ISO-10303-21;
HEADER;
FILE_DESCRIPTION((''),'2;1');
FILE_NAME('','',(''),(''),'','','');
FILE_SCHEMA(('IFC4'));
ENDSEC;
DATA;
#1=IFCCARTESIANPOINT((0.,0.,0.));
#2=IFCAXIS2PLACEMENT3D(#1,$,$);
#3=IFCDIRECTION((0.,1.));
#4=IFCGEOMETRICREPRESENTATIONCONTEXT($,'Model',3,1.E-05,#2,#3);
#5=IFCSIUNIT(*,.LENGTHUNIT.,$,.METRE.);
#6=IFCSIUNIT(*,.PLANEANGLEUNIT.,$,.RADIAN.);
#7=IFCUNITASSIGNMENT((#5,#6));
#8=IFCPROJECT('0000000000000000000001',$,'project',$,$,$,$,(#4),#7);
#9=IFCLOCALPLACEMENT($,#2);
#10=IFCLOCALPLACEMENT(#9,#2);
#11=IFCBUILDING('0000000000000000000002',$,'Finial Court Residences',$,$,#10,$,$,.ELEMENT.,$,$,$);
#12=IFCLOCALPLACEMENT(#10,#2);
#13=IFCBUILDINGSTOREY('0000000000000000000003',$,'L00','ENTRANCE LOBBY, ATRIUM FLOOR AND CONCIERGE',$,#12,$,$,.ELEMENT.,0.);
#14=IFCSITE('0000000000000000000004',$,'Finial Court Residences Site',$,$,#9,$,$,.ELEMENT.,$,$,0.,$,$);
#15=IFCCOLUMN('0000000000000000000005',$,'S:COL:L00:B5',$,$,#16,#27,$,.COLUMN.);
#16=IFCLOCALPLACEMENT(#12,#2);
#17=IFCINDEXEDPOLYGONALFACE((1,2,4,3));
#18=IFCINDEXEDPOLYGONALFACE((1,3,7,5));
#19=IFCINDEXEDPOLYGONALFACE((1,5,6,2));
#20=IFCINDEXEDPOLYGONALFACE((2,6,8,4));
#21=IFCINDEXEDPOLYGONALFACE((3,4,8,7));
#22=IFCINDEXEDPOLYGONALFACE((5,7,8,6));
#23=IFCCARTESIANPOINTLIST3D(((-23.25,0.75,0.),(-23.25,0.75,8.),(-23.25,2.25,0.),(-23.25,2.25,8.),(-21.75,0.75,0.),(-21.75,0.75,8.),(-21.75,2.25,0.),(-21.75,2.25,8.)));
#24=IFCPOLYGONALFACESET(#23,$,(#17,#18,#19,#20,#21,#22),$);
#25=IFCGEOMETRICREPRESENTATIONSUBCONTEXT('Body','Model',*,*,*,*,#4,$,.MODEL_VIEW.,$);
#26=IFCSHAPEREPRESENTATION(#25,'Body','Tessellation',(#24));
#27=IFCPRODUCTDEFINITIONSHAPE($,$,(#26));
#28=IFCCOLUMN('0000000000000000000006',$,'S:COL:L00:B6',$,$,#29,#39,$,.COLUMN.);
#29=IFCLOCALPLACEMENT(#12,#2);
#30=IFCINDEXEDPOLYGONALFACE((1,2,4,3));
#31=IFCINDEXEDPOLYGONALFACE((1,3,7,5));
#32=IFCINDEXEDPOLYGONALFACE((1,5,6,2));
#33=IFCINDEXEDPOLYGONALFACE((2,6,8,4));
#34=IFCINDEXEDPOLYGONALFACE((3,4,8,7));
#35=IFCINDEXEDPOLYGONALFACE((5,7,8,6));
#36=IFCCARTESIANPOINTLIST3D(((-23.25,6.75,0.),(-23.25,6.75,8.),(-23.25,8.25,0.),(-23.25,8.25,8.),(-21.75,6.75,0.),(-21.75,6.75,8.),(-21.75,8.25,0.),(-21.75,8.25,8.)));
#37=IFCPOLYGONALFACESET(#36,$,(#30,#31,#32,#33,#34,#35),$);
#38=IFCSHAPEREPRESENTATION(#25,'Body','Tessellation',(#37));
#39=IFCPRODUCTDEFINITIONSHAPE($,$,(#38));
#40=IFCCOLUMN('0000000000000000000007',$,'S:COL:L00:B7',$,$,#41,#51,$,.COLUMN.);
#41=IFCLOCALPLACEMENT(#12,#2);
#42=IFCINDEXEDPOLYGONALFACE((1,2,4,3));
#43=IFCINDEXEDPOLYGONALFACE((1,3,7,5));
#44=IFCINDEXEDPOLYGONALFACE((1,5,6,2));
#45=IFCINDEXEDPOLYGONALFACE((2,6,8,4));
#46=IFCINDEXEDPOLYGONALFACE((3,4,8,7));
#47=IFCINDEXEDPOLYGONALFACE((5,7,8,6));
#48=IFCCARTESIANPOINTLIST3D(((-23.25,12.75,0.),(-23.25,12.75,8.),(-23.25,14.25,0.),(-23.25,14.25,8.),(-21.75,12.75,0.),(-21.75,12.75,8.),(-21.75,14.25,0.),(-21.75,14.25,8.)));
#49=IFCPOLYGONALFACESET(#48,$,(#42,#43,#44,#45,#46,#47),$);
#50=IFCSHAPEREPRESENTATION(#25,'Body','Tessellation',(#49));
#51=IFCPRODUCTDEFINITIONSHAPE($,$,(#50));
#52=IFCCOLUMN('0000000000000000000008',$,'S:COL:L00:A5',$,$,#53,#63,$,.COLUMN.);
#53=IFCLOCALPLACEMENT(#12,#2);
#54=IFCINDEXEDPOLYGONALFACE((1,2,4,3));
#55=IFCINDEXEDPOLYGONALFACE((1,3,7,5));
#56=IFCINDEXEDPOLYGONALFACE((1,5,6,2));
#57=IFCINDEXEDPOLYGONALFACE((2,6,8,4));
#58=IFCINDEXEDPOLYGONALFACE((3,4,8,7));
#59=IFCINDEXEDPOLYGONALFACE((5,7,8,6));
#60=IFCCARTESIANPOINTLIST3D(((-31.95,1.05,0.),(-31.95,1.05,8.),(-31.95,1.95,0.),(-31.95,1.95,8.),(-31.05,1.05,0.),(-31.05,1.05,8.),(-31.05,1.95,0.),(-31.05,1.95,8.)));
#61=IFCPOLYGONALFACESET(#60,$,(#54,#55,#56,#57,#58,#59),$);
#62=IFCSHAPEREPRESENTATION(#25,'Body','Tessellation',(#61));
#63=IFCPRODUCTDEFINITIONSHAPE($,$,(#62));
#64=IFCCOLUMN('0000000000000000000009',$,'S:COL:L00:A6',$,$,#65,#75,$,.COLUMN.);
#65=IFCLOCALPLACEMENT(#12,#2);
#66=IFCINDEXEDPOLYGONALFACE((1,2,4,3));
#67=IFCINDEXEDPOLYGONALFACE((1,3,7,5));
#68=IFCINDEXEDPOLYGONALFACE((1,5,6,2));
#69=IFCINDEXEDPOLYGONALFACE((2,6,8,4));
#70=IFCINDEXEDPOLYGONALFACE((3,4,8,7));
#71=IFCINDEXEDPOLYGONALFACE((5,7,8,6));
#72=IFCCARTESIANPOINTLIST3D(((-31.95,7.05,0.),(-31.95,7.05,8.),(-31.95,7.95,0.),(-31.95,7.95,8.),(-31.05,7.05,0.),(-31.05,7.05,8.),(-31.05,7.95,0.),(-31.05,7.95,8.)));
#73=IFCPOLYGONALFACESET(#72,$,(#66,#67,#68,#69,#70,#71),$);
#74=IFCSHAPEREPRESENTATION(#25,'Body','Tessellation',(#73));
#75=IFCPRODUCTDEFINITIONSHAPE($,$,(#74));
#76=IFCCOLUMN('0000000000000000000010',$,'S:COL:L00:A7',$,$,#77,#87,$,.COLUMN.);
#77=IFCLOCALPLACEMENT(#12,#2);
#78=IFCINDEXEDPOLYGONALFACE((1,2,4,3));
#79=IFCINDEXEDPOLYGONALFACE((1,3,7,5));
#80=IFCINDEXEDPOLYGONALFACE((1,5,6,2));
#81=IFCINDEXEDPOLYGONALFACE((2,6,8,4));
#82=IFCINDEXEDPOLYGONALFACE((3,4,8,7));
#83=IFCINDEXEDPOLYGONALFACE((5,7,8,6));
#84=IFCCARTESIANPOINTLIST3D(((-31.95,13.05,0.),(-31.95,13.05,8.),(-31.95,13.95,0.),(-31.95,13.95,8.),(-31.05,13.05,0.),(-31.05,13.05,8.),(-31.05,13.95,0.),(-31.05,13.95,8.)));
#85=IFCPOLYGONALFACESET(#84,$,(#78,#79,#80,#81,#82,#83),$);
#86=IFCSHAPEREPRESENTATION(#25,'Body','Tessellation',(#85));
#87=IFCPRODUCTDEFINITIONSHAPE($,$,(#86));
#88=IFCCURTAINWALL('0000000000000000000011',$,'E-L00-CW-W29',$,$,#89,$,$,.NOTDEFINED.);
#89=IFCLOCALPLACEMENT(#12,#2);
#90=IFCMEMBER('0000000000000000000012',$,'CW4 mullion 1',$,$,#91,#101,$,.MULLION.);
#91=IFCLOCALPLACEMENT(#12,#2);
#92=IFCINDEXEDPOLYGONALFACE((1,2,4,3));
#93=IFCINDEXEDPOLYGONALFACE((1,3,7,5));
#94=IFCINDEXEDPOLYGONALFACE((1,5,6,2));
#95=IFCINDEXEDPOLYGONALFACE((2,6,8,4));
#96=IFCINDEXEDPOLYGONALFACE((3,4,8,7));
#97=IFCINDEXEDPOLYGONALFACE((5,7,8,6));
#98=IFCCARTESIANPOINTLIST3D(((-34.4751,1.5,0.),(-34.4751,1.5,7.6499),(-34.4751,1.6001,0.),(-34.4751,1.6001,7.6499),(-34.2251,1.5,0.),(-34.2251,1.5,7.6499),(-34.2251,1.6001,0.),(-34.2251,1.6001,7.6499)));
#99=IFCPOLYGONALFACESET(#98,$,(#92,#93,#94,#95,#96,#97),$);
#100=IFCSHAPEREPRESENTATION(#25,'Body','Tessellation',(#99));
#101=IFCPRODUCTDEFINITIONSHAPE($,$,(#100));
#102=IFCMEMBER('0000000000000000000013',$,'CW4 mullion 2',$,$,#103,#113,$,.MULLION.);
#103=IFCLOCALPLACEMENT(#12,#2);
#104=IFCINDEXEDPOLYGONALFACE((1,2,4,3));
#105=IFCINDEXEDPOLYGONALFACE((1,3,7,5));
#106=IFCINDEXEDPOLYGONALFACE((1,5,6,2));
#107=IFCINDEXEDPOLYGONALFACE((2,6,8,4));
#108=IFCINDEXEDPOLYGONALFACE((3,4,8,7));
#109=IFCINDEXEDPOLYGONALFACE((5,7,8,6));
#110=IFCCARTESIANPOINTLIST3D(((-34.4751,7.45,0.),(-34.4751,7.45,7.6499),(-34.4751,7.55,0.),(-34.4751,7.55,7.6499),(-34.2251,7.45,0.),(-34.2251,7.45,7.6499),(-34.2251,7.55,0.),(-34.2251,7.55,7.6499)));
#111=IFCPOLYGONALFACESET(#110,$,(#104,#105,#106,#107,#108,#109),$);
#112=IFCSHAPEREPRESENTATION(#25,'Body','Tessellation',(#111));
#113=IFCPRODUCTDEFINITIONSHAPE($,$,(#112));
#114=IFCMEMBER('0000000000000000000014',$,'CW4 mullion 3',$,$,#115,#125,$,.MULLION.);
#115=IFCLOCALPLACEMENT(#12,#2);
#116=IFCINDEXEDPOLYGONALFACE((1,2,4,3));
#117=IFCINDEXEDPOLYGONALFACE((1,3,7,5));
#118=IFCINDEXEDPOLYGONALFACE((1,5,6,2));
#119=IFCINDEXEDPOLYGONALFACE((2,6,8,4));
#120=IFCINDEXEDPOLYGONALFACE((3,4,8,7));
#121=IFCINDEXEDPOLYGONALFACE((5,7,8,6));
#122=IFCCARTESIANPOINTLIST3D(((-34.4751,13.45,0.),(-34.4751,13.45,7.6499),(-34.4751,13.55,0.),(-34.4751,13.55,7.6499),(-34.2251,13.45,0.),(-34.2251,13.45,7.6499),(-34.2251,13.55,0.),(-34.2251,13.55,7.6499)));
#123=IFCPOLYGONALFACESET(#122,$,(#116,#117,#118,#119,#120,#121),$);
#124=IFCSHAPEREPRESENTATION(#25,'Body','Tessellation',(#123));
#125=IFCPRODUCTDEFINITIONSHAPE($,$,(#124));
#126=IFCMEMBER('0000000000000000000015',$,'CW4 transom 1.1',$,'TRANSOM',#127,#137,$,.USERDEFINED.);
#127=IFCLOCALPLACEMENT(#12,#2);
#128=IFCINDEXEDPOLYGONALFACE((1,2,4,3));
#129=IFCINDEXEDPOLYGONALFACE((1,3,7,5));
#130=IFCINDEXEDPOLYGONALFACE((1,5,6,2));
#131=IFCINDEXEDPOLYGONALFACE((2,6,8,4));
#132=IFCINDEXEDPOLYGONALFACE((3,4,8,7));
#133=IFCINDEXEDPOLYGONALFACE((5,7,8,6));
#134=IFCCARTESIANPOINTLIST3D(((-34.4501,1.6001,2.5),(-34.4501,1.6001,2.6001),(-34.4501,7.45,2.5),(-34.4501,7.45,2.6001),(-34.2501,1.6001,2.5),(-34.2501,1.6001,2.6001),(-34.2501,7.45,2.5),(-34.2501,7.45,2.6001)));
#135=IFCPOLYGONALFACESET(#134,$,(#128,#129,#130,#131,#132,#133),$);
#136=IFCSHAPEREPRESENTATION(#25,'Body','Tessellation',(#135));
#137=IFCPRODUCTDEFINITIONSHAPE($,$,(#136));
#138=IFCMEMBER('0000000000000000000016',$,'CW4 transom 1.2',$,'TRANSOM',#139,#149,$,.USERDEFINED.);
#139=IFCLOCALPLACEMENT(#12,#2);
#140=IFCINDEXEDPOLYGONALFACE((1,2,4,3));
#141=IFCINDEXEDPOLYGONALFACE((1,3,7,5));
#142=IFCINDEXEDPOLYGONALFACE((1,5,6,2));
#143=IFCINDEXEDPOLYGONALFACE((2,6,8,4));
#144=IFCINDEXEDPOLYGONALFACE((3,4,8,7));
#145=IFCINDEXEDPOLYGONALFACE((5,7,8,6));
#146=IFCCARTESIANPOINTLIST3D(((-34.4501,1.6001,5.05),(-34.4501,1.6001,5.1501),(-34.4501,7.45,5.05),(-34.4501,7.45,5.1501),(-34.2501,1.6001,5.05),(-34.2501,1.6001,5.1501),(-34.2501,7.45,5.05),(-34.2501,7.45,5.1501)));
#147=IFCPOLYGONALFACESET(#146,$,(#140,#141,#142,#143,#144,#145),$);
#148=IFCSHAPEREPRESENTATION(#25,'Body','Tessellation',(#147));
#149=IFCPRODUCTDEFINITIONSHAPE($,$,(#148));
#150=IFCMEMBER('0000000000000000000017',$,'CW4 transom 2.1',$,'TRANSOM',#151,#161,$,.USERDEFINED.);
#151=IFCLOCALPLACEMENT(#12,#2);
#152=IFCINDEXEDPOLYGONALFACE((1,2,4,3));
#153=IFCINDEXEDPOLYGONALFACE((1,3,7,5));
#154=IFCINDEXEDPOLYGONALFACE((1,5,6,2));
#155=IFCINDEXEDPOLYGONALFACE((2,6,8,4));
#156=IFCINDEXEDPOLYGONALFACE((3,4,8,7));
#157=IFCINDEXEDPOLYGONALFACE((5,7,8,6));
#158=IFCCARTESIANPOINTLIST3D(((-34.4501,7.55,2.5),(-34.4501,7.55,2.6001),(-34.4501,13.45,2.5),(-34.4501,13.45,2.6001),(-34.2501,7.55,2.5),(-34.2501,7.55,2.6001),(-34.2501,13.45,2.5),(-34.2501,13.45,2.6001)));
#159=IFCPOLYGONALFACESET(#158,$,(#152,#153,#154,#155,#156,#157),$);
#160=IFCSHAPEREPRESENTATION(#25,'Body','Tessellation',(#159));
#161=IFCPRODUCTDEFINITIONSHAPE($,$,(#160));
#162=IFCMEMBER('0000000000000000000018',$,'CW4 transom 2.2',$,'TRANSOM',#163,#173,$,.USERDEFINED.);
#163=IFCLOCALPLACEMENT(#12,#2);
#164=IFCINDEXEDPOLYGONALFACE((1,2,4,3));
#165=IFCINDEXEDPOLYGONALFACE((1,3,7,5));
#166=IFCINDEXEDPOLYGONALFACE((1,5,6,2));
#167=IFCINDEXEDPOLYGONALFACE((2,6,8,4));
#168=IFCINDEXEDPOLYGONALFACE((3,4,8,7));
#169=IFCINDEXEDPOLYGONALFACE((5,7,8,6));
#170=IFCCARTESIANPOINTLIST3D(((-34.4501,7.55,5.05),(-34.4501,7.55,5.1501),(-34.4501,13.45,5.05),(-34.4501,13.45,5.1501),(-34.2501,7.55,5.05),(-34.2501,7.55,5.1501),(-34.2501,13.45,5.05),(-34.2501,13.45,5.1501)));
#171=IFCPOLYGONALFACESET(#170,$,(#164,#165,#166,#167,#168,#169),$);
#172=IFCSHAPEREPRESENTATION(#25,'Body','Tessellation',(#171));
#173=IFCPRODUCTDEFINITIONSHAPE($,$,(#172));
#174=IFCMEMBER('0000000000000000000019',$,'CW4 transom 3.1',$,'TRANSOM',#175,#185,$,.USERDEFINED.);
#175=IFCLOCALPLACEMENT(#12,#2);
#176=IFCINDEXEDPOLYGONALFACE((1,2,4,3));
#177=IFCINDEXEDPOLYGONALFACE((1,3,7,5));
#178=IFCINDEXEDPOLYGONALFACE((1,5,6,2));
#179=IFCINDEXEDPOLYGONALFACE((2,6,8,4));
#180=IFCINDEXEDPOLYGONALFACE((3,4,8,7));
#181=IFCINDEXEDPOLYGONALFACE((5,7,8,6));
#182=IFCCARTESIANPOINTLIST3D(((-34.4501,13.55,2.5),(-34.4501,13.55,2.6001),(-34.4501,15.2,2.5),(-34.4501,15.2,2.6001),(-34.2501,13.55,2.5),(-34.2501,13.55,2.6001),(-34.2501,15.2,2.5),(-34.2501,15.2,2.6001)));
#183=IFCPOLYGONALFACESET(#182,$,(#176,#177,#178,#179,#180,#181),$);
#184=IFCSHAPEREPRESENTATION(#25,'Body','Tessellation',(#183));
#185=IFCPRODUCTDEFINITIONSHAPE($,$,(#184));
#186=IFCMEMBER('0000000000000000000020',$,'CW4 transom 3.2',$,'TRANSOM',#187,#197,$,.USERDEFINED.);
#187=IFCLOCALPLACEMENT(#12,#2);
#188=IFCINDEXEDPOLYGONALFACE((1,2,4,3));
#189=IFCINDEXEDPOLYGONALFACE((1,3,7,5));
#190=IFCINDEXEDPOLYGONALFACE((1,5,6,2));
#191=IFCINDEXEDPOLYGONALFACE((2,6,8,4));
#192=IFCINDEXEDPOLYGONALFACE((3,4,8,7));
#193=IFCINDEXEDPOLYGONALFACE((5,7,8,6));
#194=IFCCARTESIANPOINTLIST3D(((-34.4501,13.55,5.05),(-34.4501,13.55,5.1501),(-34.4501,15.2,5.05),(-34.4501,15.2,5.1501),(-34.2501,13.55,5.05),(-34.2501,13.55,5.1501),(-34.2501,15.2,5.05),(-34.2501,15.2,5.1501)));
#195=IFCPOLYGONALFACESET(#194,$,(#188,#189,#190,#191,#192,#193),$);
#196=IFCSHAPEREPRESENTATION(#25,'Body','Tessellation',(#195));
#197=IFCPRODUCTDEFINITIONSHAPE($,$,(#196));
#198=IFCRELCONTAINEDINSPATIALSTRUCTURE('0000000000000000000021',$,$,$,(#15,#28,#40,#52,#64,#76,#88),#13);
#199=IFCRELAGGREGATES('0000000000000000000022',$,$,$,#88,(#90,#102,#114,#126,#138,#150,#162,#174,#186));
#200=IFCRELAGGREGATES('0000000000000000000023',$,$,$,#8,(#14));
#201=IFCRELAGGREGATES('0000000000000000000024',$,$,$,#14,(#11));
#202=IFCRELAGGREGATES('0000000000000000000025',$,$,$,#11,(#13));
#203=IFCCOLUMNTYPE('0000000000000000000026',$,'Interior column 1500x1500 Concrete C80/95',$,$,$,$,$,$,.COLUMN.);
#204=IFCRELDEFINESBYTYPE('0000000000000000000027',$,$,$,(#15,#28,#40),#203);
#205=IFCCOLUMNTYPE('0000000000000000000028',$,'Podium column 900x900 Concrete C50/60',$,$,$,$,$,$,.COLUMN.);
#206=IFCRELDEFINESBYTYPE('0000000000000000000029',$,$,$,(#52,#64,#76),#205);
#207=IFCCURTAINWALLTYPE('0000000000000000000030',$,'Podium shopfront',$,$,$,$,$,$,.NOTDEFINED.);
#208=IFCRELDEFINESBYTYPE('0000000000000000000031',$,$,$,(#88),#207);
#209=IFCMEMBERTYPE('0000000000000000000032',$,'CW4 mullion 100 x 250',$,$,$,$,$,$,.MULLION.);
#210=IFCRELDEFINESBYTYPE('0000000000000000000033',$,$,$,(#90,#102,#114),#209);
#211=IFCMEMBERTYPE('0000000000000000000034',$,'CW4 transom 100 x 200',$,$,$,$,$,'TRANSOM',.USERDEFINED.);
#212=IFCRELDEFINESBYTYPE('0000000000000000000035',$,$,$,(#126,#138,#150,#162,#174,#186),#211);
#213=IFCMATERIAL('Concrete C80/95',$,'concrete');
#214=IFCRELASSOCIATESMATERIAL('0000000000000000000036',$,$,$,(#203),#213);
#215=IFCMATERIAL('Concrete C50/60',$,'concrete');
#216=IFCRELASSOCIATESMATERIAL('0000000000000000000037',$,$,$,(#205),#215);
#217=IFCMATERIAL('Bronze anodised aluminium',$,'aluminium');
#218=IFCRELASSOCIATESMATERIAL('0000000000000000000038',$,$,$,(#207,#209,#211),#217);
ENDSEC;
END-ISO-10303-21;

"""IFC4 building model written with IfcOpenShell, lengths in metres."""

from ifc_helpers import new_model, si_unit, direction, frame, origin, origin_2d, place, context, subcontext, project, spatial, rectangle, extrude, material, material_profile, profile_set, type_object, element, aggregate, save


model = new_model("IFC4")

# Units and contexts
model_context = context("Model", 3, precision=1e-05, world=origin(), true_north=direction((0.0, 1.0)))
body_context = subcontext(model_context, "Body", "Model", "MODEL_VIEW")
ifc_project = project(units=[si_unit("LENGTHUNIT", "METRE"), si_unit("PLANEANGLEUNIT", "RADIAN")], contexts=[model_context])

# Site, building, storey
site_placement = place(None, origin())
site = spatial("IfcSite", under=ifc_project, at=site_placement, Name="Finial Court Residences Site", CompositionType="ELEMENT", RefElevation=0.0)
building_placement = place(site_placement, origin())
building = spatial("IfcBuilding", under=site, at=building_placement, Name="Finial Court Residences", CompositionType="ELEMENT")
storey_placement = place(building_placement, origin())
storey = spatial("IfcBuildingStorey", under=building, at=storey_placement, Name="L00", Description="ENTRANCE LOBBY, ATRIUM FLOOR AND CONCIERGE", CompositionType="ELEMENT", Elevation=0.0)

# Columns
ifc_material_1 = material(Name="Concrete C80/95", Category="concrete")
ifc_material_profile_1 = material_profile(ifc_material_1, rectangle(XDim=1.5, YDim=1.5, at=origin_2d()), Name="1500x1500")
ifc_profile_set_1 = profile_set([ifc_material_profile_1], Name="Concrete C80/95")
column_type_1 = type_object("IfcColumnType", Name="Interior column 1500x1500 Concrete C80/95", PredefinedType="COLUMN", material=ifc_profile_set_1)
for number, where, z_axis, x_axis, name in (
    (1, (-22.5, 1.5, 0.0), (0.0, 0.0, 1.0), (1.0, 0.0, 0.0), "S:COL:L00:B5"),
    (2, (-22.5, 7.5, 0.0), (0.0, 0.0, 1.0), (1.0, 0.0, 0.0), "S:COL:L00:B6"),
    (3, (-22.5, 13.5, 0.0), (0.0, 0.0, 1.0), (1.0, 0.0, 0.0), "S:COL:L00:B7"),
):
    element("IfcColumn", number, at=place(storey_placement, frame(where, z_axis=z_axis, x_axis=x_axis)), inside=storey, type_object=column_type_1, Name=name, PredefinedType="COLUMN", context=body_context, shape_type="SweptSolid", body=[
        extrude(rectangle(XDim=1.5, YDim=1.5, at=origin_2d()), origin(), (0.0, 0.0, 1.0), 8.0),
    ])
ifc_material_2 = material(Name="Concrete C50/60", Category="concrete")
ifc_material_profile_2 = material_profile(ifc_material_2, rectangle(XDim=0.8999, YDim=0.8999, at=origin_2d()), Name="900x900")
ifc_profile_set_2 = profile_set([ifc_material_profile_2], Name="Concrete C50/60")
column_type_2 = type_object("IfcColumnType", Name="Podium column 900x900 Concrete C50/60", PredefinedType="COLUMN", material=ifc_profile_set_2)
for number, where, z_axis, x_axis, name in (
    (4, (-31.5, 1.5, 0.0), (0.0, 0.0, 1.0), (1.0, 0.0, 0.0), "S:COL:L00:A5"),
    (5, (-31.5, 7.5, 0.0), (0.0, 0.0, 1.0), (1.0, 0.0, 0.0), "S:COL:L00:A6"),
    (6, (-31.5, 13.5, 0.0), (0.0, 0.0, 1.0), (1.0, 0.0, 0.0), "S:COL:L00:A7"),
):
    element("IfcColumn", number, at=place(storey_placement, frame(where, z_axis=z_axis, x_axis=x_axis)), inside=storey, type_object=column_type_2, Name=name, PredefinedType="COLUMN", context=body_context, shape_type="SweptSolid", body=[
        extrude(rectangle(XDim=0.8999, YDim=0.8999, at=origin_2d()), origin(), (0.0, 0.0, 1.0), 8.0),
    ])

# Curtain wall, members
ifc_material_3 = material(Name="Bronze anodised aluminium", Category="aluminium")
curtain_wall_type = type_object("IfcCurtainWallType", Name="Podium shopfront", PredefinedType="NOTDEFINED", material=ifc_material_3)
curtain_wall_placement = place(storey_placement, origin())
curtain_wall = element("IfcCurtainWall", 7, at=curtain_wall_placement, inside=storey, type_object=curtain_wall_type, Name="E-L00-CW-W29", PredefinedType="NOTDEFINED")
ifc_material_profile_3 = material_profile(ifc_material_3, rectangle(XDim=0.25, YDim=0.1001, at=origin_2d()), Name="CW4 mullion 100 x 250")
ifc_profile_set_3 = profile_set([ifc_material_profile_3], Name="Bronze anodised aluminium")
member_type_1 = type_object("IfcMemberType", Name="CW4 mullion 100 x 250", PredefinedType="MULLION", material=ifc_profile_set_3)
member_1_placement = place(storey_placement, frame((-34.3501, 1.55, 0.0), z_axis=(0.0, 0.0, 1.0), x_axis=(-1.0, 0.0, 0.0)))
member_1 = element("IfcMember", 8, at=member_1_placement, type_object=member_type_1, Name="CW4 mullion 1", PredefinedType="MULLION", context=body_context, shape_type="SweptSolid", body=[
    extrude(rectangle(XDim=0.25, YDim=0.1001, at=origin_2d()), origin(), (0.0, 0.0, 1.0), 7.6499),
])
member_2_placement = place(storey_placement, frame((-34.3501, 7.5, 0.0), z_axis=(0.0, 0.0, 1.0), x_axis=(-1.0, 0.0, 0.0)))
member_2 = element("IfcMember", 9, at=member_2_placement, type_object=member_type_1, Name="CW4 mullion 2", PredefinedType="MULLION", context=body_context, shape_type="SweptSolid", body=[
    extrude(rectangle(XDim=0.25, YDim=0.1001, at=origin_2d()), origin(), (0.0, 0.0, 1.0), 7.6499),
])
member_3_placement = place(storey_placement, frame((-34.3501, 13.5, 0.0), z_axis=(0.0, 0.0, 1.0), x_axis=(-1.0, 0.0, 0.0)))
member_3 = element("IfcMember", 10, at=member_3_placement, type_object=member_type_1, Name="CW4 mullion 3", PredefinedType="MULLION", context=body_context, shape_type="SweptSolid", body=[
    extrude(rectangle(XDim=0.25, YDim=0.1001, at=origin_2d()), origin(), (0.0, 0.0, 1.0), 7.6499),
])
ifc_material_profile_4 = material_profile(ifc_material_3, rectangle(XDim=0.2, YDim=0.1001, at=origin_2d()), Name="CW4 transom 100 x 200")
ifc_profile_set_4 = profile_set([ifc_material_profile_4], Name="Bronze anodised aluminium")
member_type_2 = type_object("IfcMemberType", Name="CW4 transom 100 x 200", ElementType="TRANSOM", PredefinedType="USERDEFINED", material=ifc_profile_set_4)
member_4_placement = place(storey_placement, frame((-34.3501, 1.6001, 2.55), z_axis=(0.0, 1.0, 0.0), x_axis=(-1.0, 0.0, 0.0)))
member_4 = element("IfcMember", 11, at=member_4_placement, type_object=member_type_2, Name="CW4 transom 1.1", ObjectType="TRANSOM", PredefinedType="USERDEFINED", context=body_context, shape_type="SweptSolid", body=[
    extrude(rectangle(XDim=0.2, YDim=0.1001, at=origin_2d()), origin(), (0.0, 0.0, 1.0), 5.8499),
])
member_5_placement = place(storey_placement, frame((-34.3501, 1.6001, 5.1001), z_axis=(0.0, 1.0, 0.0), x_axis=(-1.0, 0.0, 0.0)))
member_5 = element("IfcMember", 12, at=member_5_placement, type_object=member_type_2, Name="CW4 transom 1.2", ObjectType="TRANSOM", PredefinedType="USERDEFINED", context=body_context, shape_type="SweptSolid", body=[
    extrude(rectangle(XDim=0.2, YDim=0.1001, at=origin_2d()), origin(), (0.0, 0.0, 1.0), 5.8499),
])
member_6_placement = place(storey_placement, frame((-34.3501, 7.55, 2.55), z_axis=(0.0, 1.0, 0.0), x_axis=(-1.0, 0.0, 0.0)))
member_6 = element("IfcMember", 13, at=member_6_placement, type_object=member_type_2, Name="CW4 transom 2.1", ObjectType="TRANSOM", PredefinedType="USERDEFINED", context=body_context, shape_type="SweptSolid", body=[
    extrude(rectangle(XDim=0.2, YDim=0.1001, at=origin_2d()), origin(), (0.0, 0.0, 1.0), 5.8999),
])
member_7_placement = place(storey_placement, frame((-34.3501, 7.55, 5.1001), z_axis=(0.0, 1.0, 0.0), x_axis=(-1.0, 0.0, 0.0)))
member_7 = element("IfcMember", 14, at=member_7_placement, type_object=member_type_2, Name="CW4 transom 2.2", ObjectType="TRANSOM", PredefinedType="USERDEFINED", context=body_context, shape_type="SweptSolid", body=[
    extrude(rectangle(XDim=0.2, YDim=0.1001, at=origin_2d()), origin(), (0.0, 0.0, 1.0), 5.8999),
])
member_8_placement = place(storey_placement, frame((-34.3501, 13.55, 2.55), z_axis=(0.0, 1.0, 0.0), x_axis=(-1.0, 0.0, 0.0)))
member_8 = element("IfcMember", 15, at=member_8_placement, type_object=member_type_2, Name="CW4 transom 3.1", ObjectType="TRANSOM", PredefinedType="USERDEFINED", context=body_context, shape_type="SweptSolid", body=[
    extrude(rectangle(XDim=0.2, YDim=0.1001, at=origin_2d()), origin(), (0.0, 0.0, 1.0), 1.6499),
])
member_9_placement = place(storey_placement, frame((-34.3501, 13.55, 5.1001), z_axis=(0.0, 1.0, 0.0), x_axis=(-1.0, 0.0, 0.0)))
member_9 = element("IfcMember", 16, at=member_9_placement, type_object=member_type_2, Name="CW4 transom 3.2", ObjectType="TRANSOM", PredefinedType="USERDEFINED", context=body_context, shape_type="SweptSolid", body=[
    extrude(rectangle(XDim=0.2, YDim=0.1001, at=origin_2d()), origin(), (0.0, 0.0, 1.0), 1.6499),
])
aggregate(curtain_wall, [member_1, member_2, member_3, member_4, member_5, member_6, member_7, member_8, member_9])

save(model, "model.ifc")
